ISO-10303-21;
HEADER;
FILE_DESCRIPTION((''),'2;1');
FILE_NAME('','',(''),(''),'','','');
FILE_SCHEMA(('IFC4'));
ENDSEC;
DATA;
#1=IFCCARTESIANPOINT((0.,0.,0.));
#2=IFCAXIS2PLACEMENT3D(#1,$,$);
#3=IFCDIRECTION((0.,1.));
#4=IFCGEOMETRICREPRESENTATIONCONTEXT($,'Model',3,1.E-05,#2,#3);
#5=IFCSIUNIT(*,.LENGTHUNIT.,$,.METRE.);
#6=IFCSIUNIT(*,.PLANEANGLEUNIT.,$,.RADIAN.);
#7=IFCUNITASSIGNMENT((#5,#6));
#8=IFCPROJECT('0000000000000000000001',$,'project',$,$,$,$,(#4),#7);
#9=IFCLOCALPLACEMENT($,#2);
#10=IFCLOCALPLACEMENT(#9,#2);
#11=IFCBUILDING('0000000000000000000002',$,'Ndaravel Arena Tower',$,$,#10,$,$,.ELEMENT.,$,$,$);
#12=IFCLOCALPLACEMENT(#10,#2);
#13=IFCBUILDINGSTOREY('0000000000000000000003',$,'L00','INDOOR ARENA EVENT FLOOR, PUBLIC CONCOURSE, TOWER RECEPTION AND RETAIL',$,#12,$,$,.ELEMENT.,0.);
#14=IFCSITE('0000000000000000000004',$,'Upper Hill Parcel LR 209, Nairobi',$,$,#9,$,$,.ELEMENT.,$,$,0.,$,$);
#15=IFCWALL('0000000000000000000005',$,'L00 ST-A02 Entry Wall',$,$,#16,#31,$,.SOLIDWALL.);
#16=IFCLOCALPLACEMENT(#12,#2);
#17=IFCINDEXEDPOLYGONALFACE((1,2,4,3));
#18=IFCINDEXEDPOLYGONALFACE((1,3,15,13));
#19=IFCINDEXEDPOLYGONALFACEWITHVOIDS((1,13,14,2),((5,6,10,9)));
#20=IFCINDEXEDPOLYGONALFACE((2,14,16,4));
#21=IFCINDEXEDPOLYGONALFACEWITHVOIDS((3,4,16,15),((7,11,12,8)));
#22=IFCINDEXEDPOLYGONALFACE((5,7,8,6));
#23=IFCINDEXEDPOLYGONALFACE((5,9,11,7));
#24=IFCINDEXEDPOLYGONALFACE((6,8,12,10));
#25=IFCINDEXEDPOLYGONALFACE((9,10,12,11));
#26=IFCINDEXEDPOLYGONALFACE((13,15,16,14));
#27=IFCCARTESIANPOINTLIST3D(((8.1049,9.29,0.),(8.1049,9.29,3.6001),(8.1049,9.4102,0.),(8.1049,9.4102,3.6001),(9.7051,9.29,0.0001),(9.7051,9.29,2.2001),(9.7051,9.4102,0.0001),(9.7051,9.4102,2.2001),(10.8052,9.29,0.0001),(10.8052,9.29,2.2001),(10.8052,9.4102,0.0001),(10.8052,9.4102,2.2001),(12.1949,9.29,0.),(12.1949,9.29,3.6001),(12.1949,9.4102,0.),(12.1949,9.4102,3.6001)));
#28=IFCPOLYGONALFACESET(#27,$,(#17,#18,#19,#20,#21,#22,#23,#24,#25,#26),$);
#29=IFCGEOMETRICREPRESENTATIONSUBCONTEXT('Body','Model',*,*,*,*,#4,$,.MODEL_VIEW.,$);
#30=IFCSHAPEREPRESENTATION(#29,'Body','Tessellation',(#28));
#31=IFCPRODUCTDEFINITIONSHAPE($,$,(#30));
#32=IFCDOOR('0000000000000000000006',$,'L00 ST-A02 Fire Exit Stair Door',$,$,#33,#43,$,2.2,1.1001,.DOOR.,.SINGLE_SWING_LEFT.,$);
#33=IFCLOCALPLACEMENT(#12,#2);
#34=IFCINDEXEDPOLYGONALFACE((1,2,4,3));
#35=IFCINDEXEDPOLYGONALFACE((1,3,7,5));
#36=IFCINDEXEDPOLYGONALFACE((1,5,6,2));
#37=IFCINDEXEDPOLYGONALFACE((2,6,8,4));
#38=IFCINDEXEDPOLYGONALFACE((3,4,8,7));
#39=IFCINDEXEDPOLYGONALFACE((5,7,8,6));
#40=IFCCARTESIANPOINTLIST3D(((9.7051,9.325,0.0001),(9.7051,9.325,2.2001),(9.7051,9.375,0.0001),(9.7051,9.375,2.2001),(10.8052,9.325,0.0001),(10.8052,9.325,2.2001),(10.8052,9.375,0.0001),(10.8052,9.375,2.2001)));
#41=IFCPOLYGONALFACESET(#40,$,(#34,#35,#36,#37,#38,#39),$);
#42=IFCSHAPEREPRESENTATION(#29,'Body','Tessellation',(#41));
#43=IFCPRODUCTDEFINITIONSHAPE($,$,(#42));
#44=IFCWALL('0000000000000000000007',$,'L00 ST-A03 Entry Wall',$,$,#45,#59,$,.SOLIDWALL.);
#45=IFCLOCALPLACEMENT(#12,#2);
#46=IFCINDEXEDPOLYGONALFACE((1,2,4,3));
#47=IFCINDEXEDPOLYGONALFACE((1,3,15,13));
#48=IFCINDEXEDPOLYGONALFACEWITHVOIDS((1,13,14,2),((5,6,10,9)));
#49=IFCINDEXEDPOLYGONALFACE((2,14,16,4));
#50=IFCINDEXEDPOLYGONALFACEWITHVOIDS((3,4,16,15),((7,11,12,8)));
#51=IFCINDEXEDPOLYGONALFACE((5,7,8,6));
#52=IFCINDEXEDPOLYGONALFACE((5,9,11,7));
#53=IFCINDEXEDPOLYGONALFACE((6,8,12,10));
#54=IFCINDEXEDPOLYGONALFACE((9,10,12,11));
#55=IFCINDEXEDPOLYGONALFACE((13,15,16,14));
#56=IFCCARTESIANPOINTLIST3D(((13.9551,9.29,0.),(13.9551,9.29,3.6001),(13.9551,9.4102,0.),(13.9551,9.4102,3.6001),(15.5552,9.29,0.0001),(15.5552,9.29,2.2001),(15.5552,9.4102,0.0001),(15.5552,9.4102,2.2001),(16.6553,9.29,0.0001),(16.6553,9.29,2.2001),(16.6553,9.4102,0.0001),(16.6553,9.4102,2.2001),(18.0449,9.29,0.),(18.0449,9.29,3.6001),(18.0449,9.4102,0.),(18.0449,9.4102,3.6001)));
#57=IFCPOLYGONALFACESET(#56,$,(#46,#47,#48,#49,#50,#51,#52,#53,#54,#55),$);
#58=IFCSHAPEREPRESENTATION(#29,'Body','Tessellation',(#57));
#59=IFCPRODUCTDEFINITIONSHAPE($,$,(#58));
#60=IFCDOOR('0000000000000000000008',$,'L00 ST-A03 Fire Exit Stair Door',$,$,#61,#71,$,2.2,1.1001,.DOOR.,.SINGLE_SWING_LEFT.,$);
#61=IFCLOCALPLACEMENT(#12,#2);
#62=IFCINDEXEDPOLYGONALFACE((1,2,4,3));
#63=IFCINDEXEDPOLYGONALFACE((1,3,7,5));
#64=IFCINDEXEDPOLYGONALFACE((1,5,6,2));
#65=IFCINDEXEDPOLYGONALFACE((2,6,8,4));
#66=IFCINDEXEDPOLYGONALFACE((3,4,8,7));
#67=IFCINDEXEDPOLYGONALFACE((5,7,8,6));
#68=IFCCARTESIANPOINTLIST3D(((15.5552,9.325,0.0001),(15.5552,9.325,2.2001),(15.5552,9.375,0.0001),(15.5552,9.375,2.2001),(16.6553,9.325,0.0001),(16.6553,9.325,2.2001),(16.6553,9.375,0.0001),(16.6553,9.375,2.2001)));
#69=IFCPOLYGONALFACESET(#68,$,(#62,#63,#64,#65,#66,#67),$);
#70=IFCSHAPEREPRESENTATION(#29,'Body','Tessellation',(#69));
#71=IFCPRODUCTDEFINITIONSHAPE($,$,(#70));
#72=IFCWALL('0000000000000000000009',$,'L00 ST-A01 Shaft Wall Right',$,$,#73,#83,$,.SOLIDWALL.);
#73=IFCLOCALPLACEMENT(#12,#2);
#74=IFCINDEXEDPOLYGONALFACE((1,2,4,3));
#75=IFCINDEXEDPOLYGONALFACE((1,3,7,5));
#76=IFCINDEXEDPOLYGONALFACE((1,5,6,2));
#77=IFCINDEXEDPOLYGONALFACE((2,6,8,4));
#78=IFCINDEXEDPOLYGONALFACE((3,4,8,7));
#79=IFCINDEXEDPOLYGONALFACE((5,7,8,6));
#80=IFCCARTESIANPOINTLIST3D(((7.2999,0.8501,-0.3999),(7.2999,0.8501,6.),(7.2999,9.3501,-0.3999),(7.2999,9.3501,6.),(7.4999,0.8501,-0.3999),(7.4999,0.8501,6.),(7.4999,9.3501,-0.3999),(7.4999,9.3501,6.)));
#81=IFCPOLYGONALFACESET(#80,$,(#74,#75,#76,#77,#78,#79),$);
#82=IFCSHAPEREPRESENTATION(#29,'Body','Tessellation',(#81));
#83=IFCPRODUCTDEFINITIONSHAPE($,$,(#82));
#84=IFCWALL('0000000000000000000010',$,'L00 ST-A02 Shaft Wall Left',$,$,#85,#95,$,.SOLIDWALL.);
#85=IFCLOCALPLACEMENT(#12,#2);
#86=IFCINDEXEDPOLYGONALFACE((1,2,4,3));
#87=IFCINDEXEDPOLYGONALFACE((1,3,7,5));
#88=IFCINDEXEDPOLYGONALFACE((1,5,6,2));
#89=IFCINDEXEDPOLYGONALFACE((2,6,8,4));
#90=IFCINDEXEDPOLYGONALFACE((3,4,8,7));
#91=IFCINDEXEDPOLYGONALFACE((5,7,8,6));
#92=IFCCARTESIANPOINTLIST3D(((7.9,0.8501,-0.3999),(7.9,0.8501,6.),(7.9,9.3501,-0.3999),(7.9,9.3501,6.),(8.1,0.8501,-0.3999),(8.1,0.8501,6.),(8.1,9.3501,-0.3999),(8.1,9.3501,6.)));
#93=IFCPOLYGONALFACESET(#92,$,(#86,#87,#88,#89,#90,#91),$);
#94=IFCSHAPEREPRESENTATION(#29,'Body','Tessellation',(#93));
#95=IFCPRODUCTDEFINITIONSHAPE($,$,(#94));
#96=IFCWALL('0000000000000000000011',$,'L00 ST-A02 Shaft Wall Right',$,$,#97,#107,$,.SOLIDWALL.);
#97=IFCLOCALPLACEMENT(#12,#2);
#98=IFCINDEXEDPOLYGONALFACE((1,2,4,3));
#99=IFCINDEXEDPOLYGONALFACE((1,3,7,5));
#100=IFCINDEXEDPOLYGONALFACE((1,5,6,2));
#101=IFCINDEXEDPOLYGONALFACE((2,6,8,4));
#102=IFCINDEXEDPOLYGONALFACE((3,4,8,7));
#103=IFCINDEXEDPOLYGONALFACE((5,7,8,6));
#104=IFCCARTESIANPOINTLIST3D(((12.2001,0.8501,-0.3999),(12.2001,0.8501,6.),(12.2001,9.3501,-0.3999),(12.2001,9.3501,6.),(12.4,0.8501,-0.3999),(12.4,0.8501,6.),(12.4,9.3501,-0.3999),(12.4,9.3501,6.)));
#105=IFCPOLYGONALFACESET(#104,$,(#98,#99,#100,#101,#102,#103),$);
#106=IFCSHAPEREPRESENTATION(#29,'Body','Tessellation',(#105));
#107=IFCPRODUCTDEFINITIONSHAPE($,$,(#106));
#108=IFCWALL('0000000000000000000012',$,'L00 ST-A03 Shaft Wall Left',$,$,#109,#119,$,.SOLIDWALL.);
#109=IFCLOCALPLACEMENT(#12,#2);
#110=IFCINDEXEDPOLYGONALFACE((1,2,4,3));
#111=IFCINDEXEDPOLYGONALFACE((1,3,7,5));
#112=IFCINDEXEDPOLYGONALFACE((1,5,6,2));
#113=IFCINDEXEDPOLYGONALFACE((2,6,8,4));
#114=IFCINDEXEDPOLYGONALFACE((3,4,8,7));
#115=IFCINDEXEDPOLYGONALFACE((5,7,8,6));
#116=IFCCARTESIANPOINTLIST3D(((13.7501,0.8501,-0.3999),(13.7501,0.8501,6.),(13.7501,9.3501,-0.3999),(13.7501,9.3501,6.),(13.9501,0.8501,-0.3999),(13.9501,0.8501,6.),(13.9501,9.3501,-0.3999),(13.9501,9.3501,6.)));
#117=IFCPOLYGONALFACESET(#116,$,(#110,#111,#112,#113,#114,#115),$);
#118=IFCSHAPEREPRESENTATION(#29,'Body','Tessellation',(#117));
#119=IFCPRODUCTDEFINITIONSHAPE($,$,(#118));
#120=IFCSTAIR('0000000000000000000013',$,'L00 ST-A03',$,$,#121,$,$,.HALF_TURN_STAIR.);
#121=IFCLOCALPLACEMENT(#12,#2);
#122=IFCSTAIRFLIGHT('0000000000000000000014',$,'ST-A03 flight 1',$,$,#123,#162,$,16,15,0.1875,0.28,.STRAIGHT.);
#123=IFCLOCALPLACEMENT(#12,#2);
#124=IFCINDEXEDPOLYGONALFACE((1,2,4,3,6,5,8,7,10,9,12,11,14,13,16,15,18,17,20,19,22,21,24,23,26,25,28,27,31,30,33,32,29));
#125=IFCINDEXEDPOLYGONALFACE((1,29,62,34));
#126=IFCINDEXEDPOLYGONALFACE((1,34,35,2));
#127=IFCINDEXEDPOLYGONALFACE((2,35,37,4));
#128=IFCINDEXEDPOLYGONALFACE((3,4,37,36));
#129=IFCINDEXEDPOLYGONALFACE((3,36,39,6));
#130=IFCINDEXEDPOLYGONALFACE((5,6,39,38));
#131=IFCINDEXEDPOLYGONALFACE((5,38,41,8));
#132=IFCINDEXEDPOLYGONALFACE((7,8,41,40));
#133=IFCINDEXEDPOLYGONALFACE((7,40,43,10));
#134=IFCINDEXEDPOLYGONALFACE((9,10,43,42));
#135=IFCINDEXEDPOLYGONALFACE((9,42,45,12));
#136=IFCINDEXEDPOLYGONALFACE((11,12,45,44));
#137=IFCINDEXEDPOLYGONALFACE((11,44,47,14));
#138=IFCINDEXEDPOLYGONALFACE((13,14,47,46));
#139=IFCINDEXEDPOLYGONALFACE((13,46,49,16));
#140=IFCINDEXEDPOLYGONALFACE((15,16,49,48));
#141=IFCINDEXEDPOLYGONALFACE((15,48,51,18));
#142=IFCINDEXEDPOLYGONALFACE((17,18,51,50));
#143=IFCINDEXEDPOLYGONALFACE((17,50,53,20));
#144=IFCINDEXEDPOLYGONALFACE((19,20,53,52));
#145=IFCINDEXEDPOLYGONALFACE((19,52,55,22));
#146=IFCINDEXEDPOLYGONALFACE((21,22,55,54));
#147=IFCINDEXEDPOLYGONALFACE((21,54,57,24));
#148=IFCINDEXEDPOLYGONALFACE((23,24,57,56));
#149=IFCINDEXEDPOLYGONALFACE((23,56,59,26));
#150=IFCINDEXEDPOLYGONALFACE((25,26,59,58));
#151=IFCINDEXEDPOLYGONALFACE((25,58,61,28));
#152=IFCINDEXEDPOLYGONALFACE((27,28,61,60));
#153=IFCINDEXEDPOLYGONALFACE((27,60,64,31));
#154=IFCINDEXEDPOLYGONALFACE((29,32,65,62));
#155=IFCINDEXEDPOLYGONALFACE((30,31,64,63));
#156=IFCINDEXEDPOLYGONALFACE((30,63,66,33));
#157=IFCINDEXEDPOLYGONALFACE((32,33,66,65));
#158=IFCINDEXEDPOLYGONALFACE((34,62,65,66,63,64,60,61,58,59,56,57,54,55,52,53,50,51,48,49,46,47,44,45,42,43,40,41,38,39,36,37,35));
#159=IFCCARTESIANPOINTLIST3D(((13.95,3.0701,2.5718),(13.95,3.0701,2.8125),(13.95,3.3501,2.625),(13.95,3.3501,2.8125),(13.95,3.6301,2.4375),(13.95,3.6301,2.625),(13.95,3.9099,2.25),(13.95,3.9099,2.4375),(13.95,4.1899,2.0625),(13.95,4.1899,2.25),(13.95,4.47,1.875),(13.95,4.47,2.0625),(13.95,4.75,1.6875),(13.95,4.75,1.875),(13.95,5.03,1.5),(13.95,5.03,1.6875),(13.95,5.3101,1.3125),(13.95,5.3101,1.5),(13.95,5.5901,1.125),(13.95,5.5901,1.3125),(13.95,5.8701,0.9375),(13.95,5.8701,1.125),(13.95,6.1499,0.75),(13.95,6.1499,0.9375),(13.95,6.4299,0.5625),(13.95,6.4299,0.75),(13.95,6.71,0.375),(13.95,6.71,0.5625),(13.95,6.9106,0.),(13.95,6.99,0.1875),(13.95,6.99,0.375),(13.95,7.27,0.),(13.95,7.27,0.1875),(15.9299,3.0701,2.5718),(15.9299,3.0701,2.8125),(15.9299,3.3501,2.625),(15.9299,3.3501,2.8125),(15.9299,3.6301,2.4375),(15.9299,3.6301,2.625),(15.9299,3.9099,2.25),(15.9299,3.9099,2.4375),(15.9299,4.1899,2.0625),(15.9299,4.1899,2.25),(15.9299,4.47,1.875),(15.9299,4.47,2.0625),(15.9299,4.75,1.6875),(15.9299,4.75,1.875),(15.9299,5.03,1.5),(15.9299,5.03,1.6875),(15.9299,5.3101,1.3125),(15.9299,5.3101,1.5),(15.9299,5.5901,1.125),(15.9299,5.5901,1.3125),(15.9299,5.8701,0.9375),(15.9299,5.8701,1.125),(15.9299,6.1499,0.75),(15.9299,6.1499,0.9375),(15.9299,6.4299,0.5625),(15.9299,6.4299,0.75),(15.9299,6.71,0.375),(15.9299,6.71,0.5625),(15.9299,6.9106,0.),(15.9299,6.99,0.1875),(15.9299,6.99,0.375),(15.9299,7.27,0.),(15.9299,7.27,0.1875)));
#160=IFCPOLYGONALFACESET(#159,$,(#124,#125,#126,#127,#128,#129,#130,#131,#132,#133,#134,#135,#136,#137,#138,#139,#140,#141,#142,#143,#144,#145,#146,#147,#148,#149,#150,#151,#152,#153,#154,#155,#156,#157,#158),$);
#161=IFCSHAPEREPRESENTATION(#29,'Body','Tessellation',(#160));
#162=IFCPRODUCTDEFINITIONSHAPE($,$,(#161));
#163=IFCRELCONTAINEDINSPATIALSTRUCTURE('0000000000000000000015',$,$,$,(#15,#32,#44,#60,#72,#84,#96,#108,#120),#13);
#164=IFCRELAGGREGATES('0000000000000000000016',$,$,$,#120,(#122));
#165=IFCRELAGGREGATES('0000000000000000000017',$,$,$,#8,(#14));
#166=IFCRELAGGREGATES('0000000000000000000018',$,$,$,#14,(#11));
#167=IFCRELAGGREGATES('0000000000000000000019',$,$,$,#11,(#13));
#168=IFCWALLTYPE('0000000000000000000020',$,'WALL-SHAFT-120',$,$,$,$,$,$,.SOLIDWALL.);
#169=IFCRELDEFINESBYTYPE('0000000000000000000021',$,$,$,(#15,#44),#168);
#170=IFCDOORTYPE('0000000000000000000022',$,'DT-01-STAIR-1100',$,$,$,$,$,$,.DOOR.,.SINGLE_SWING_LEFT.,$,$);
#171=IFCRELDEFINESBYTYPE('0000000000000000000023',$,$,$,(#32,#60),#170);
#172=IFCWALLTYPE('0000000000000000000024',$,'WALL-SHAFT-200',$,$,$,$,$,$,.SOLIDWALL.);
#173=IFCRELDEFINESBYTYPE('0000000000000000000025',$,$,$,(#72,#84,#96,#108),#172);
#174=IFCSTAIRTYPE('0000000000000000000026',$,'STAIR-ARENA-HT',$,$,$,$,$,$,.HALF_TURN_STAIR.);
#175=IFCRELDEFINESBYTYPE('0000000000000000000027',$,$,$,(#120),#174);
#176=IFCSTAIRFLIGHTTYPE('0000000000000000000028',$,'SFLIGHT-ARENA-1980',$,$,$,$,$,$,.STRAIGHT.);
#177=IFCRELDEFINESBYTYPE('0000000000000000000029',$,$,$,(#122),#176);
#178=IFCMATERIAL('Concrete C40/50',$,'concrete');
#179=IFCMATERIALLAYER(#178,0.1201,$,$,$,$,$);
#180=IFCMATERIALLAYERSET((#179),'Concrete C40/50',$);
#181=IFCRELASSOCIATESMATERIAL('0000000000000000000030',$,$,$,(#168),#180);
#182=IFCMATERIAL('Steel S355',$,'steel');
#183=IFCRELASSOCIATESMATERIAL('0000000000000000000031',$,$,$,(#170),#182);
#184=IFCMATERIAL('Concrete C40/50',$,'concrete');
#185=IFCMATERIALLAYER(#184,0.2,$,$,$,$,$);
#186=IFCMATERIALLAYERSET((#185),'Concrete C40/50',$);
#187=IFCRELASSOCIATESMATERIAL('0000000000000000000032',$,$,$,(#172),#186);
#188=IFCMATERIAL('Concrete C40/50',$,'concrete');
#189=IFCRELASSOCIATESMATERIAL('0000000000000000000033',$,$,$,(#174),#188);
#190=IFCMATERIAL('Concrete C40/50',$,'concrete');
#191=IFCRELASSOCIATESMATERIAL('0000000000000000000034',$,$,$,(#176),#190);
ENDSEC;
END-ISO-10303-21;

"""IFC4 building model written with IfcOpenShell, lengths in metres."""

from ifc_helpers import new_model, si_unit, direction, frame, frame_2d, origin, place, context, subcontext, project, spatial, polyline, rectangle, outline, extrude, material, layer, layer_set, type_object, element, fill, aggregate, save


model = new_model("IFC4")

# Units and contexts
model_context = context("Model", 3, precision=1e-05, world=origin(), true_north=direction((0.0, 1.0)))
body_context = subcontext(model_context, "Body", "Model", "MODEL_VIEW")
ifc_project = project(units=[si_unit("LENGTHUNIT", "METRE"), si_unit("PLANEANGLEUNIT", "RADIAN")], contexts=[model_context])

# Site, building, storey
site_placement = place(None, origin())
site = spatial("IfcSite", under=ifc_project, at=site_placement, Name="Upper Hill Parcel LR 209, Nairobi", CompositionType="ELEMENT", RefElevation=0.0)
building_placement = place(site_placement, origin())
building = spatial("IfcBuilding", under=site, at=building_placement, Name="Ndaravel Arena Tower", CompositionType="ELEMENT")
storey_placement = place(building_placement, origin())
storey = spatial("IfcBuildingStorey", under=building, at=storey_placement, Name="L00", Description="INDOOR ARENA EVENT FLOOR, PUBLIC CONCOURSE, TOWER RECEPTION AND RETAIL", CompositionType="ELEMENT", Elevation=0.0)

# Walls, openings, doors
ifc_material_1 = material(Name="Concrete C40/50", Category="concrete")
ifc_layer_1 = layer(ifc_material_1, 0.1201)
ifc_layer_set_1 = layer_set([ifc_layer_1], Name="Concrete C40/50")
wall_type_1 = type_object("IfcWallType", Name="WALL-SHAFT-120", PredefinedType="SOLIDWALL", material=ifc_layer_set_1)
wall_1_placement = place(storey_placement, frame((8.105, 9.3501, 0.0), z_axis=(0.0, 0.0, 1.0), x_axis=(1.0, 0.0, 0.0)))
wall_1 = element("IfcWall", 1, at=wall_1_placement, inside=storey, type_object=wall_type_1, Name="L00 ST-A02 Entry Wall", PredefinedType="SOLIDWALL", context=body_context, shape_type="SweptSolid", body=[
    extrude(rectangle(XDim=4.0901, YDim=0.1201, at=frame_2d((2.0449, 0.0))), origin(), (0.0, 0.0, 1.0), 3.6001),
])
opening_1_placement = place(wall_1_placement, frame((1.6001, 0.0, 0.0)))
opening_1 = element("IfcOpeningElement", 2, at=opening_1_placement, cuts=wall_1, PredefinedType="OPENING", context=body_context, shape_type="SweptSolid", body=[
    extrude(rectangle(XDim=1.1001, YDim=2.2, at=frame_2d((0.55, 1.1001))), frame((0.0, 0.0601, 0.0), z_axis=(0.0, -1.0, 0.0), x_axis=(1.0, 0.0, 0.0)), (0.0, 0.0, 1.0), 0.1201),
])
ifc_material_2 = material(Name="Steel S355", Category="steel")
door_type = type_object("IfcDoorType", Name="DT-01-STAIR-1100", OperationType="SINGLE_SWING_LEFT", PredefinedType="DOOR", material=ifc_material_2)
door_1_placement = place(opening_1_placement, origin())
door_1 = element("IfcDoor", 3, at=door_1_placement, inside=storey, type_object=door_type, Name="L00 ST-A02 Fire Exit Stair Door", OperationType="SINGLE_SWING_LEFT", OverallHeight=2.2, OverallWidth=1.1001, PredefinedType="DOOR", context=body_context, shape_type="SweptSolid", body=[
    extrude(rectangle(XDim=1.1001, YDim=2.2, at=frame_2d((0.55, 1.1001))), frame((0.0, 0.0249, 0.0), z_axis=(0.0, -1.0, 0.0), x_axis=(1.0, 0.0, 0.0)), (0.0, 0.0, 1.0), 0.05),
])
fill(opening_1, door_1)
wall_2_placement = place(storey_placement, frame((13.9551, 9.3501, 0.0), z_axis=(0.0, 0.0, 1.0), x_axis=(1.0, 0.0, 0.0)))
wall_2 = element("IfcWall", 4, at=wall_2_placement, inside=storey, type_object=wall_type_1, Name="L00 ST-A03 Entry Wall", PredefinedType="SOLIDWALL", context=body_context, shape_type="SweptSolid", body=[
    extrude(rectangle(XDim=4.0898, YDim=0.1201, at=frame_2d((2.0449, 0.0))), origin(), (0.0, 0.0, 1.0), 3.6001),
])
opening_2_placement = place(wall_2_placement, frame((1.6001, 0.0, 0.0)))
opening_2 = element("IfcOpeningElement", 5, at=opening_2_placement, cuts=wall_2, PredefinedType="OPENING", context=body_context, shape_type="SweptSolid", body=[
    extrude(rectangle(XDim=1.1001, YDim=2.2, at=frame_2d((0.55, 1.1001))), frame((0.0, 0.0601, 0.0), z_axis=(0.0, -1.0, 0.0), x_axis=(1.0, 0.0, 0.0)), (0.0, 0.0, 1.0), 0.1201),
])
door_2_placement = place(opening_2_placement, origin())
door_2 = element("IfcDoor", 6, at=door_2_placement, inside=storey, type_object=door_type, Name="L00 ST-A03 Fire Exit Stair Door", OperationType="SINGLE_SWING_LEFT", OverallHeight=2.2, OverallWidth=1.1001, PredefinedType="DOOR", context=body_context, shape_type="SweptSolid", body=[
    extrude(rectangle(XDim=1.1001, YDim=2.2, at=frame_2d((0.55, 1.1001))), frame((0.0, 0.0249, 0.0), z_axis=(0.0, -1.0, 0.0), x_axis=(1.0, 0.0, 0.0)), (0.0, 0.0, 1.0), 0.05),
])
fill(opening_2, door_2)

# Walls
ifc_material_3 = material(Name="Concrete C40/50", Category="concrete")
ifc_layer_2 = layer(ifc_material_3, 0.2)
ifc_layer_set_2 = layer_set([ifc_layer_2], Name="Concrete C40/50")
wall_type_2 = type_object("IfcWallType", Name="WALL-SHAFT-200", PredefinedType="SOLIDWALL", material=ifc_layer_set_2)
for number, where, z_axis, x_axis, name in (
    (7, (7.3999, 9.3501, -0.3999), (0.0, 0.0, 1.0), (0.0, -1.0, 0.0), "L00 ST-A01 Shaft Wall Right"),
    (8, (8.0, 9.3501, -0.3999), (0.0, 0.0, 1.0), (0.0, -1.0, 0.0), "L00 ST-A02 Shaft Wall Left"),
    (9, (12.3, 9.3501, -0.3999), (0.0, 0.0, 1.0), (0.0, -1.0, 0.0), "L00 ST-A02 Shaft Wall Right"),
    (10, (13.8501, 9.3501, -0.3999), (0.0, 0.0, 1.0), (0.0, -1.0, 0.0), "L00 ST-A03 Shaft Wall Left"),
):
    element("IfcWall", number, at=place(storey_placement, frame(where, z_axis=z_axis, x_axis=x_axis)), inside=storey, type_object=wall_type_2, Name=name, PredefinedType="SOLIDWALL", context=body_context, shape_type="SweptSolid", body=[
        extrude(rectangle(XDim=8.5, YDim=0.2, at=frame_2d((4.25, 0.0))), origin(), (0.0, 0.0, 1.0), 6.3999),
    ])

# Stair, stair flight
ifc_material_4 = material(Name="Concrete C40/50", Category="concrete")
stair_type = type_object("IfcStairType", Name="STAIR-ARENA-HT", PredefinedType="HALF_TURN_STAIR", material=ifc_material_4)
stair_placement = place(storey_placement, origin())
stair = element("IfcStair", 11, at=stair_placement, inside=storey, type_object=stair_type, Name="L00 ST-A03", PredefinedType="HALF_TURN_STAIR")
ifc_material_5 = material(Name="Concrete C40/50", Category="concrete")
stair_flight_type = type_object("IfcStairFlightType", Name="SFLIGHT-ARENA-1980", PredefinedType="STRAIGHT", material=ifc_material_5)
stair_flight_placement = place(storey_placement, frame((14.9399, 7.27, 0.0), z_axis=(0.0, 0.0, 1.0), x_axis=(0.0, -1.0, 0.0)))
stair_flight = element("IfcStairFlight", 12, at=stair_flight_placement, type_object=stair_flight_type, Name="ST-A03 flight 1", NumberOfRisers=16, NumberOfTreads=15, PredefinedType="STRAIGHT", RiserHeight=0.1875, TreadLength=0.28, context=body_context, shape_type="SweptSolid", body=[
    extrude(outline(polyline([(0.0, 0.0), (0.0, 0.1875), (0.28, 0.1875), (0.28, 0.375), (0.5601, 0.375), (0.5601, 0.5625), (0.8401, 0.5625), (0.8401, 0.75), (1.1201, 0.75), (1.1201, 0.9375), (1.3999, 0.9375), (1.3999, 1.125), (1.6799, 1.125), (1.6799, 1.3125), (1.96, 1.3125), (1.96, 1.5), (2.24, 1.5), (2.24, 1.6875), (2.52, 1.6875), (2.52, 1.875), (2.8, 1.875), (2.8, 2.0625), (3.0801, 2.0625), (3.0801, 2.25), (3.3601, 2.25), (3.3601, 2.4375), (3.6399, 2.4375), (3.6399, 2.625), (3.9199, 2.625), (3.9199, 2.8125), (4.2, 2.8125), (4.2, 3.0), (4.2, 2.5718), (0.3594, 0.0), (0.0, 0.0)])), frame((0.0, 0.99, 0.0), z_axis=(0.0, -1.0, 0.0), x_axis=(1.0, 0.0, 0.0)), (0.0, 0.0, 1.0), 1.98),
])
aggregate(stair, [stair_flight])

save(model, "model.ifc")
